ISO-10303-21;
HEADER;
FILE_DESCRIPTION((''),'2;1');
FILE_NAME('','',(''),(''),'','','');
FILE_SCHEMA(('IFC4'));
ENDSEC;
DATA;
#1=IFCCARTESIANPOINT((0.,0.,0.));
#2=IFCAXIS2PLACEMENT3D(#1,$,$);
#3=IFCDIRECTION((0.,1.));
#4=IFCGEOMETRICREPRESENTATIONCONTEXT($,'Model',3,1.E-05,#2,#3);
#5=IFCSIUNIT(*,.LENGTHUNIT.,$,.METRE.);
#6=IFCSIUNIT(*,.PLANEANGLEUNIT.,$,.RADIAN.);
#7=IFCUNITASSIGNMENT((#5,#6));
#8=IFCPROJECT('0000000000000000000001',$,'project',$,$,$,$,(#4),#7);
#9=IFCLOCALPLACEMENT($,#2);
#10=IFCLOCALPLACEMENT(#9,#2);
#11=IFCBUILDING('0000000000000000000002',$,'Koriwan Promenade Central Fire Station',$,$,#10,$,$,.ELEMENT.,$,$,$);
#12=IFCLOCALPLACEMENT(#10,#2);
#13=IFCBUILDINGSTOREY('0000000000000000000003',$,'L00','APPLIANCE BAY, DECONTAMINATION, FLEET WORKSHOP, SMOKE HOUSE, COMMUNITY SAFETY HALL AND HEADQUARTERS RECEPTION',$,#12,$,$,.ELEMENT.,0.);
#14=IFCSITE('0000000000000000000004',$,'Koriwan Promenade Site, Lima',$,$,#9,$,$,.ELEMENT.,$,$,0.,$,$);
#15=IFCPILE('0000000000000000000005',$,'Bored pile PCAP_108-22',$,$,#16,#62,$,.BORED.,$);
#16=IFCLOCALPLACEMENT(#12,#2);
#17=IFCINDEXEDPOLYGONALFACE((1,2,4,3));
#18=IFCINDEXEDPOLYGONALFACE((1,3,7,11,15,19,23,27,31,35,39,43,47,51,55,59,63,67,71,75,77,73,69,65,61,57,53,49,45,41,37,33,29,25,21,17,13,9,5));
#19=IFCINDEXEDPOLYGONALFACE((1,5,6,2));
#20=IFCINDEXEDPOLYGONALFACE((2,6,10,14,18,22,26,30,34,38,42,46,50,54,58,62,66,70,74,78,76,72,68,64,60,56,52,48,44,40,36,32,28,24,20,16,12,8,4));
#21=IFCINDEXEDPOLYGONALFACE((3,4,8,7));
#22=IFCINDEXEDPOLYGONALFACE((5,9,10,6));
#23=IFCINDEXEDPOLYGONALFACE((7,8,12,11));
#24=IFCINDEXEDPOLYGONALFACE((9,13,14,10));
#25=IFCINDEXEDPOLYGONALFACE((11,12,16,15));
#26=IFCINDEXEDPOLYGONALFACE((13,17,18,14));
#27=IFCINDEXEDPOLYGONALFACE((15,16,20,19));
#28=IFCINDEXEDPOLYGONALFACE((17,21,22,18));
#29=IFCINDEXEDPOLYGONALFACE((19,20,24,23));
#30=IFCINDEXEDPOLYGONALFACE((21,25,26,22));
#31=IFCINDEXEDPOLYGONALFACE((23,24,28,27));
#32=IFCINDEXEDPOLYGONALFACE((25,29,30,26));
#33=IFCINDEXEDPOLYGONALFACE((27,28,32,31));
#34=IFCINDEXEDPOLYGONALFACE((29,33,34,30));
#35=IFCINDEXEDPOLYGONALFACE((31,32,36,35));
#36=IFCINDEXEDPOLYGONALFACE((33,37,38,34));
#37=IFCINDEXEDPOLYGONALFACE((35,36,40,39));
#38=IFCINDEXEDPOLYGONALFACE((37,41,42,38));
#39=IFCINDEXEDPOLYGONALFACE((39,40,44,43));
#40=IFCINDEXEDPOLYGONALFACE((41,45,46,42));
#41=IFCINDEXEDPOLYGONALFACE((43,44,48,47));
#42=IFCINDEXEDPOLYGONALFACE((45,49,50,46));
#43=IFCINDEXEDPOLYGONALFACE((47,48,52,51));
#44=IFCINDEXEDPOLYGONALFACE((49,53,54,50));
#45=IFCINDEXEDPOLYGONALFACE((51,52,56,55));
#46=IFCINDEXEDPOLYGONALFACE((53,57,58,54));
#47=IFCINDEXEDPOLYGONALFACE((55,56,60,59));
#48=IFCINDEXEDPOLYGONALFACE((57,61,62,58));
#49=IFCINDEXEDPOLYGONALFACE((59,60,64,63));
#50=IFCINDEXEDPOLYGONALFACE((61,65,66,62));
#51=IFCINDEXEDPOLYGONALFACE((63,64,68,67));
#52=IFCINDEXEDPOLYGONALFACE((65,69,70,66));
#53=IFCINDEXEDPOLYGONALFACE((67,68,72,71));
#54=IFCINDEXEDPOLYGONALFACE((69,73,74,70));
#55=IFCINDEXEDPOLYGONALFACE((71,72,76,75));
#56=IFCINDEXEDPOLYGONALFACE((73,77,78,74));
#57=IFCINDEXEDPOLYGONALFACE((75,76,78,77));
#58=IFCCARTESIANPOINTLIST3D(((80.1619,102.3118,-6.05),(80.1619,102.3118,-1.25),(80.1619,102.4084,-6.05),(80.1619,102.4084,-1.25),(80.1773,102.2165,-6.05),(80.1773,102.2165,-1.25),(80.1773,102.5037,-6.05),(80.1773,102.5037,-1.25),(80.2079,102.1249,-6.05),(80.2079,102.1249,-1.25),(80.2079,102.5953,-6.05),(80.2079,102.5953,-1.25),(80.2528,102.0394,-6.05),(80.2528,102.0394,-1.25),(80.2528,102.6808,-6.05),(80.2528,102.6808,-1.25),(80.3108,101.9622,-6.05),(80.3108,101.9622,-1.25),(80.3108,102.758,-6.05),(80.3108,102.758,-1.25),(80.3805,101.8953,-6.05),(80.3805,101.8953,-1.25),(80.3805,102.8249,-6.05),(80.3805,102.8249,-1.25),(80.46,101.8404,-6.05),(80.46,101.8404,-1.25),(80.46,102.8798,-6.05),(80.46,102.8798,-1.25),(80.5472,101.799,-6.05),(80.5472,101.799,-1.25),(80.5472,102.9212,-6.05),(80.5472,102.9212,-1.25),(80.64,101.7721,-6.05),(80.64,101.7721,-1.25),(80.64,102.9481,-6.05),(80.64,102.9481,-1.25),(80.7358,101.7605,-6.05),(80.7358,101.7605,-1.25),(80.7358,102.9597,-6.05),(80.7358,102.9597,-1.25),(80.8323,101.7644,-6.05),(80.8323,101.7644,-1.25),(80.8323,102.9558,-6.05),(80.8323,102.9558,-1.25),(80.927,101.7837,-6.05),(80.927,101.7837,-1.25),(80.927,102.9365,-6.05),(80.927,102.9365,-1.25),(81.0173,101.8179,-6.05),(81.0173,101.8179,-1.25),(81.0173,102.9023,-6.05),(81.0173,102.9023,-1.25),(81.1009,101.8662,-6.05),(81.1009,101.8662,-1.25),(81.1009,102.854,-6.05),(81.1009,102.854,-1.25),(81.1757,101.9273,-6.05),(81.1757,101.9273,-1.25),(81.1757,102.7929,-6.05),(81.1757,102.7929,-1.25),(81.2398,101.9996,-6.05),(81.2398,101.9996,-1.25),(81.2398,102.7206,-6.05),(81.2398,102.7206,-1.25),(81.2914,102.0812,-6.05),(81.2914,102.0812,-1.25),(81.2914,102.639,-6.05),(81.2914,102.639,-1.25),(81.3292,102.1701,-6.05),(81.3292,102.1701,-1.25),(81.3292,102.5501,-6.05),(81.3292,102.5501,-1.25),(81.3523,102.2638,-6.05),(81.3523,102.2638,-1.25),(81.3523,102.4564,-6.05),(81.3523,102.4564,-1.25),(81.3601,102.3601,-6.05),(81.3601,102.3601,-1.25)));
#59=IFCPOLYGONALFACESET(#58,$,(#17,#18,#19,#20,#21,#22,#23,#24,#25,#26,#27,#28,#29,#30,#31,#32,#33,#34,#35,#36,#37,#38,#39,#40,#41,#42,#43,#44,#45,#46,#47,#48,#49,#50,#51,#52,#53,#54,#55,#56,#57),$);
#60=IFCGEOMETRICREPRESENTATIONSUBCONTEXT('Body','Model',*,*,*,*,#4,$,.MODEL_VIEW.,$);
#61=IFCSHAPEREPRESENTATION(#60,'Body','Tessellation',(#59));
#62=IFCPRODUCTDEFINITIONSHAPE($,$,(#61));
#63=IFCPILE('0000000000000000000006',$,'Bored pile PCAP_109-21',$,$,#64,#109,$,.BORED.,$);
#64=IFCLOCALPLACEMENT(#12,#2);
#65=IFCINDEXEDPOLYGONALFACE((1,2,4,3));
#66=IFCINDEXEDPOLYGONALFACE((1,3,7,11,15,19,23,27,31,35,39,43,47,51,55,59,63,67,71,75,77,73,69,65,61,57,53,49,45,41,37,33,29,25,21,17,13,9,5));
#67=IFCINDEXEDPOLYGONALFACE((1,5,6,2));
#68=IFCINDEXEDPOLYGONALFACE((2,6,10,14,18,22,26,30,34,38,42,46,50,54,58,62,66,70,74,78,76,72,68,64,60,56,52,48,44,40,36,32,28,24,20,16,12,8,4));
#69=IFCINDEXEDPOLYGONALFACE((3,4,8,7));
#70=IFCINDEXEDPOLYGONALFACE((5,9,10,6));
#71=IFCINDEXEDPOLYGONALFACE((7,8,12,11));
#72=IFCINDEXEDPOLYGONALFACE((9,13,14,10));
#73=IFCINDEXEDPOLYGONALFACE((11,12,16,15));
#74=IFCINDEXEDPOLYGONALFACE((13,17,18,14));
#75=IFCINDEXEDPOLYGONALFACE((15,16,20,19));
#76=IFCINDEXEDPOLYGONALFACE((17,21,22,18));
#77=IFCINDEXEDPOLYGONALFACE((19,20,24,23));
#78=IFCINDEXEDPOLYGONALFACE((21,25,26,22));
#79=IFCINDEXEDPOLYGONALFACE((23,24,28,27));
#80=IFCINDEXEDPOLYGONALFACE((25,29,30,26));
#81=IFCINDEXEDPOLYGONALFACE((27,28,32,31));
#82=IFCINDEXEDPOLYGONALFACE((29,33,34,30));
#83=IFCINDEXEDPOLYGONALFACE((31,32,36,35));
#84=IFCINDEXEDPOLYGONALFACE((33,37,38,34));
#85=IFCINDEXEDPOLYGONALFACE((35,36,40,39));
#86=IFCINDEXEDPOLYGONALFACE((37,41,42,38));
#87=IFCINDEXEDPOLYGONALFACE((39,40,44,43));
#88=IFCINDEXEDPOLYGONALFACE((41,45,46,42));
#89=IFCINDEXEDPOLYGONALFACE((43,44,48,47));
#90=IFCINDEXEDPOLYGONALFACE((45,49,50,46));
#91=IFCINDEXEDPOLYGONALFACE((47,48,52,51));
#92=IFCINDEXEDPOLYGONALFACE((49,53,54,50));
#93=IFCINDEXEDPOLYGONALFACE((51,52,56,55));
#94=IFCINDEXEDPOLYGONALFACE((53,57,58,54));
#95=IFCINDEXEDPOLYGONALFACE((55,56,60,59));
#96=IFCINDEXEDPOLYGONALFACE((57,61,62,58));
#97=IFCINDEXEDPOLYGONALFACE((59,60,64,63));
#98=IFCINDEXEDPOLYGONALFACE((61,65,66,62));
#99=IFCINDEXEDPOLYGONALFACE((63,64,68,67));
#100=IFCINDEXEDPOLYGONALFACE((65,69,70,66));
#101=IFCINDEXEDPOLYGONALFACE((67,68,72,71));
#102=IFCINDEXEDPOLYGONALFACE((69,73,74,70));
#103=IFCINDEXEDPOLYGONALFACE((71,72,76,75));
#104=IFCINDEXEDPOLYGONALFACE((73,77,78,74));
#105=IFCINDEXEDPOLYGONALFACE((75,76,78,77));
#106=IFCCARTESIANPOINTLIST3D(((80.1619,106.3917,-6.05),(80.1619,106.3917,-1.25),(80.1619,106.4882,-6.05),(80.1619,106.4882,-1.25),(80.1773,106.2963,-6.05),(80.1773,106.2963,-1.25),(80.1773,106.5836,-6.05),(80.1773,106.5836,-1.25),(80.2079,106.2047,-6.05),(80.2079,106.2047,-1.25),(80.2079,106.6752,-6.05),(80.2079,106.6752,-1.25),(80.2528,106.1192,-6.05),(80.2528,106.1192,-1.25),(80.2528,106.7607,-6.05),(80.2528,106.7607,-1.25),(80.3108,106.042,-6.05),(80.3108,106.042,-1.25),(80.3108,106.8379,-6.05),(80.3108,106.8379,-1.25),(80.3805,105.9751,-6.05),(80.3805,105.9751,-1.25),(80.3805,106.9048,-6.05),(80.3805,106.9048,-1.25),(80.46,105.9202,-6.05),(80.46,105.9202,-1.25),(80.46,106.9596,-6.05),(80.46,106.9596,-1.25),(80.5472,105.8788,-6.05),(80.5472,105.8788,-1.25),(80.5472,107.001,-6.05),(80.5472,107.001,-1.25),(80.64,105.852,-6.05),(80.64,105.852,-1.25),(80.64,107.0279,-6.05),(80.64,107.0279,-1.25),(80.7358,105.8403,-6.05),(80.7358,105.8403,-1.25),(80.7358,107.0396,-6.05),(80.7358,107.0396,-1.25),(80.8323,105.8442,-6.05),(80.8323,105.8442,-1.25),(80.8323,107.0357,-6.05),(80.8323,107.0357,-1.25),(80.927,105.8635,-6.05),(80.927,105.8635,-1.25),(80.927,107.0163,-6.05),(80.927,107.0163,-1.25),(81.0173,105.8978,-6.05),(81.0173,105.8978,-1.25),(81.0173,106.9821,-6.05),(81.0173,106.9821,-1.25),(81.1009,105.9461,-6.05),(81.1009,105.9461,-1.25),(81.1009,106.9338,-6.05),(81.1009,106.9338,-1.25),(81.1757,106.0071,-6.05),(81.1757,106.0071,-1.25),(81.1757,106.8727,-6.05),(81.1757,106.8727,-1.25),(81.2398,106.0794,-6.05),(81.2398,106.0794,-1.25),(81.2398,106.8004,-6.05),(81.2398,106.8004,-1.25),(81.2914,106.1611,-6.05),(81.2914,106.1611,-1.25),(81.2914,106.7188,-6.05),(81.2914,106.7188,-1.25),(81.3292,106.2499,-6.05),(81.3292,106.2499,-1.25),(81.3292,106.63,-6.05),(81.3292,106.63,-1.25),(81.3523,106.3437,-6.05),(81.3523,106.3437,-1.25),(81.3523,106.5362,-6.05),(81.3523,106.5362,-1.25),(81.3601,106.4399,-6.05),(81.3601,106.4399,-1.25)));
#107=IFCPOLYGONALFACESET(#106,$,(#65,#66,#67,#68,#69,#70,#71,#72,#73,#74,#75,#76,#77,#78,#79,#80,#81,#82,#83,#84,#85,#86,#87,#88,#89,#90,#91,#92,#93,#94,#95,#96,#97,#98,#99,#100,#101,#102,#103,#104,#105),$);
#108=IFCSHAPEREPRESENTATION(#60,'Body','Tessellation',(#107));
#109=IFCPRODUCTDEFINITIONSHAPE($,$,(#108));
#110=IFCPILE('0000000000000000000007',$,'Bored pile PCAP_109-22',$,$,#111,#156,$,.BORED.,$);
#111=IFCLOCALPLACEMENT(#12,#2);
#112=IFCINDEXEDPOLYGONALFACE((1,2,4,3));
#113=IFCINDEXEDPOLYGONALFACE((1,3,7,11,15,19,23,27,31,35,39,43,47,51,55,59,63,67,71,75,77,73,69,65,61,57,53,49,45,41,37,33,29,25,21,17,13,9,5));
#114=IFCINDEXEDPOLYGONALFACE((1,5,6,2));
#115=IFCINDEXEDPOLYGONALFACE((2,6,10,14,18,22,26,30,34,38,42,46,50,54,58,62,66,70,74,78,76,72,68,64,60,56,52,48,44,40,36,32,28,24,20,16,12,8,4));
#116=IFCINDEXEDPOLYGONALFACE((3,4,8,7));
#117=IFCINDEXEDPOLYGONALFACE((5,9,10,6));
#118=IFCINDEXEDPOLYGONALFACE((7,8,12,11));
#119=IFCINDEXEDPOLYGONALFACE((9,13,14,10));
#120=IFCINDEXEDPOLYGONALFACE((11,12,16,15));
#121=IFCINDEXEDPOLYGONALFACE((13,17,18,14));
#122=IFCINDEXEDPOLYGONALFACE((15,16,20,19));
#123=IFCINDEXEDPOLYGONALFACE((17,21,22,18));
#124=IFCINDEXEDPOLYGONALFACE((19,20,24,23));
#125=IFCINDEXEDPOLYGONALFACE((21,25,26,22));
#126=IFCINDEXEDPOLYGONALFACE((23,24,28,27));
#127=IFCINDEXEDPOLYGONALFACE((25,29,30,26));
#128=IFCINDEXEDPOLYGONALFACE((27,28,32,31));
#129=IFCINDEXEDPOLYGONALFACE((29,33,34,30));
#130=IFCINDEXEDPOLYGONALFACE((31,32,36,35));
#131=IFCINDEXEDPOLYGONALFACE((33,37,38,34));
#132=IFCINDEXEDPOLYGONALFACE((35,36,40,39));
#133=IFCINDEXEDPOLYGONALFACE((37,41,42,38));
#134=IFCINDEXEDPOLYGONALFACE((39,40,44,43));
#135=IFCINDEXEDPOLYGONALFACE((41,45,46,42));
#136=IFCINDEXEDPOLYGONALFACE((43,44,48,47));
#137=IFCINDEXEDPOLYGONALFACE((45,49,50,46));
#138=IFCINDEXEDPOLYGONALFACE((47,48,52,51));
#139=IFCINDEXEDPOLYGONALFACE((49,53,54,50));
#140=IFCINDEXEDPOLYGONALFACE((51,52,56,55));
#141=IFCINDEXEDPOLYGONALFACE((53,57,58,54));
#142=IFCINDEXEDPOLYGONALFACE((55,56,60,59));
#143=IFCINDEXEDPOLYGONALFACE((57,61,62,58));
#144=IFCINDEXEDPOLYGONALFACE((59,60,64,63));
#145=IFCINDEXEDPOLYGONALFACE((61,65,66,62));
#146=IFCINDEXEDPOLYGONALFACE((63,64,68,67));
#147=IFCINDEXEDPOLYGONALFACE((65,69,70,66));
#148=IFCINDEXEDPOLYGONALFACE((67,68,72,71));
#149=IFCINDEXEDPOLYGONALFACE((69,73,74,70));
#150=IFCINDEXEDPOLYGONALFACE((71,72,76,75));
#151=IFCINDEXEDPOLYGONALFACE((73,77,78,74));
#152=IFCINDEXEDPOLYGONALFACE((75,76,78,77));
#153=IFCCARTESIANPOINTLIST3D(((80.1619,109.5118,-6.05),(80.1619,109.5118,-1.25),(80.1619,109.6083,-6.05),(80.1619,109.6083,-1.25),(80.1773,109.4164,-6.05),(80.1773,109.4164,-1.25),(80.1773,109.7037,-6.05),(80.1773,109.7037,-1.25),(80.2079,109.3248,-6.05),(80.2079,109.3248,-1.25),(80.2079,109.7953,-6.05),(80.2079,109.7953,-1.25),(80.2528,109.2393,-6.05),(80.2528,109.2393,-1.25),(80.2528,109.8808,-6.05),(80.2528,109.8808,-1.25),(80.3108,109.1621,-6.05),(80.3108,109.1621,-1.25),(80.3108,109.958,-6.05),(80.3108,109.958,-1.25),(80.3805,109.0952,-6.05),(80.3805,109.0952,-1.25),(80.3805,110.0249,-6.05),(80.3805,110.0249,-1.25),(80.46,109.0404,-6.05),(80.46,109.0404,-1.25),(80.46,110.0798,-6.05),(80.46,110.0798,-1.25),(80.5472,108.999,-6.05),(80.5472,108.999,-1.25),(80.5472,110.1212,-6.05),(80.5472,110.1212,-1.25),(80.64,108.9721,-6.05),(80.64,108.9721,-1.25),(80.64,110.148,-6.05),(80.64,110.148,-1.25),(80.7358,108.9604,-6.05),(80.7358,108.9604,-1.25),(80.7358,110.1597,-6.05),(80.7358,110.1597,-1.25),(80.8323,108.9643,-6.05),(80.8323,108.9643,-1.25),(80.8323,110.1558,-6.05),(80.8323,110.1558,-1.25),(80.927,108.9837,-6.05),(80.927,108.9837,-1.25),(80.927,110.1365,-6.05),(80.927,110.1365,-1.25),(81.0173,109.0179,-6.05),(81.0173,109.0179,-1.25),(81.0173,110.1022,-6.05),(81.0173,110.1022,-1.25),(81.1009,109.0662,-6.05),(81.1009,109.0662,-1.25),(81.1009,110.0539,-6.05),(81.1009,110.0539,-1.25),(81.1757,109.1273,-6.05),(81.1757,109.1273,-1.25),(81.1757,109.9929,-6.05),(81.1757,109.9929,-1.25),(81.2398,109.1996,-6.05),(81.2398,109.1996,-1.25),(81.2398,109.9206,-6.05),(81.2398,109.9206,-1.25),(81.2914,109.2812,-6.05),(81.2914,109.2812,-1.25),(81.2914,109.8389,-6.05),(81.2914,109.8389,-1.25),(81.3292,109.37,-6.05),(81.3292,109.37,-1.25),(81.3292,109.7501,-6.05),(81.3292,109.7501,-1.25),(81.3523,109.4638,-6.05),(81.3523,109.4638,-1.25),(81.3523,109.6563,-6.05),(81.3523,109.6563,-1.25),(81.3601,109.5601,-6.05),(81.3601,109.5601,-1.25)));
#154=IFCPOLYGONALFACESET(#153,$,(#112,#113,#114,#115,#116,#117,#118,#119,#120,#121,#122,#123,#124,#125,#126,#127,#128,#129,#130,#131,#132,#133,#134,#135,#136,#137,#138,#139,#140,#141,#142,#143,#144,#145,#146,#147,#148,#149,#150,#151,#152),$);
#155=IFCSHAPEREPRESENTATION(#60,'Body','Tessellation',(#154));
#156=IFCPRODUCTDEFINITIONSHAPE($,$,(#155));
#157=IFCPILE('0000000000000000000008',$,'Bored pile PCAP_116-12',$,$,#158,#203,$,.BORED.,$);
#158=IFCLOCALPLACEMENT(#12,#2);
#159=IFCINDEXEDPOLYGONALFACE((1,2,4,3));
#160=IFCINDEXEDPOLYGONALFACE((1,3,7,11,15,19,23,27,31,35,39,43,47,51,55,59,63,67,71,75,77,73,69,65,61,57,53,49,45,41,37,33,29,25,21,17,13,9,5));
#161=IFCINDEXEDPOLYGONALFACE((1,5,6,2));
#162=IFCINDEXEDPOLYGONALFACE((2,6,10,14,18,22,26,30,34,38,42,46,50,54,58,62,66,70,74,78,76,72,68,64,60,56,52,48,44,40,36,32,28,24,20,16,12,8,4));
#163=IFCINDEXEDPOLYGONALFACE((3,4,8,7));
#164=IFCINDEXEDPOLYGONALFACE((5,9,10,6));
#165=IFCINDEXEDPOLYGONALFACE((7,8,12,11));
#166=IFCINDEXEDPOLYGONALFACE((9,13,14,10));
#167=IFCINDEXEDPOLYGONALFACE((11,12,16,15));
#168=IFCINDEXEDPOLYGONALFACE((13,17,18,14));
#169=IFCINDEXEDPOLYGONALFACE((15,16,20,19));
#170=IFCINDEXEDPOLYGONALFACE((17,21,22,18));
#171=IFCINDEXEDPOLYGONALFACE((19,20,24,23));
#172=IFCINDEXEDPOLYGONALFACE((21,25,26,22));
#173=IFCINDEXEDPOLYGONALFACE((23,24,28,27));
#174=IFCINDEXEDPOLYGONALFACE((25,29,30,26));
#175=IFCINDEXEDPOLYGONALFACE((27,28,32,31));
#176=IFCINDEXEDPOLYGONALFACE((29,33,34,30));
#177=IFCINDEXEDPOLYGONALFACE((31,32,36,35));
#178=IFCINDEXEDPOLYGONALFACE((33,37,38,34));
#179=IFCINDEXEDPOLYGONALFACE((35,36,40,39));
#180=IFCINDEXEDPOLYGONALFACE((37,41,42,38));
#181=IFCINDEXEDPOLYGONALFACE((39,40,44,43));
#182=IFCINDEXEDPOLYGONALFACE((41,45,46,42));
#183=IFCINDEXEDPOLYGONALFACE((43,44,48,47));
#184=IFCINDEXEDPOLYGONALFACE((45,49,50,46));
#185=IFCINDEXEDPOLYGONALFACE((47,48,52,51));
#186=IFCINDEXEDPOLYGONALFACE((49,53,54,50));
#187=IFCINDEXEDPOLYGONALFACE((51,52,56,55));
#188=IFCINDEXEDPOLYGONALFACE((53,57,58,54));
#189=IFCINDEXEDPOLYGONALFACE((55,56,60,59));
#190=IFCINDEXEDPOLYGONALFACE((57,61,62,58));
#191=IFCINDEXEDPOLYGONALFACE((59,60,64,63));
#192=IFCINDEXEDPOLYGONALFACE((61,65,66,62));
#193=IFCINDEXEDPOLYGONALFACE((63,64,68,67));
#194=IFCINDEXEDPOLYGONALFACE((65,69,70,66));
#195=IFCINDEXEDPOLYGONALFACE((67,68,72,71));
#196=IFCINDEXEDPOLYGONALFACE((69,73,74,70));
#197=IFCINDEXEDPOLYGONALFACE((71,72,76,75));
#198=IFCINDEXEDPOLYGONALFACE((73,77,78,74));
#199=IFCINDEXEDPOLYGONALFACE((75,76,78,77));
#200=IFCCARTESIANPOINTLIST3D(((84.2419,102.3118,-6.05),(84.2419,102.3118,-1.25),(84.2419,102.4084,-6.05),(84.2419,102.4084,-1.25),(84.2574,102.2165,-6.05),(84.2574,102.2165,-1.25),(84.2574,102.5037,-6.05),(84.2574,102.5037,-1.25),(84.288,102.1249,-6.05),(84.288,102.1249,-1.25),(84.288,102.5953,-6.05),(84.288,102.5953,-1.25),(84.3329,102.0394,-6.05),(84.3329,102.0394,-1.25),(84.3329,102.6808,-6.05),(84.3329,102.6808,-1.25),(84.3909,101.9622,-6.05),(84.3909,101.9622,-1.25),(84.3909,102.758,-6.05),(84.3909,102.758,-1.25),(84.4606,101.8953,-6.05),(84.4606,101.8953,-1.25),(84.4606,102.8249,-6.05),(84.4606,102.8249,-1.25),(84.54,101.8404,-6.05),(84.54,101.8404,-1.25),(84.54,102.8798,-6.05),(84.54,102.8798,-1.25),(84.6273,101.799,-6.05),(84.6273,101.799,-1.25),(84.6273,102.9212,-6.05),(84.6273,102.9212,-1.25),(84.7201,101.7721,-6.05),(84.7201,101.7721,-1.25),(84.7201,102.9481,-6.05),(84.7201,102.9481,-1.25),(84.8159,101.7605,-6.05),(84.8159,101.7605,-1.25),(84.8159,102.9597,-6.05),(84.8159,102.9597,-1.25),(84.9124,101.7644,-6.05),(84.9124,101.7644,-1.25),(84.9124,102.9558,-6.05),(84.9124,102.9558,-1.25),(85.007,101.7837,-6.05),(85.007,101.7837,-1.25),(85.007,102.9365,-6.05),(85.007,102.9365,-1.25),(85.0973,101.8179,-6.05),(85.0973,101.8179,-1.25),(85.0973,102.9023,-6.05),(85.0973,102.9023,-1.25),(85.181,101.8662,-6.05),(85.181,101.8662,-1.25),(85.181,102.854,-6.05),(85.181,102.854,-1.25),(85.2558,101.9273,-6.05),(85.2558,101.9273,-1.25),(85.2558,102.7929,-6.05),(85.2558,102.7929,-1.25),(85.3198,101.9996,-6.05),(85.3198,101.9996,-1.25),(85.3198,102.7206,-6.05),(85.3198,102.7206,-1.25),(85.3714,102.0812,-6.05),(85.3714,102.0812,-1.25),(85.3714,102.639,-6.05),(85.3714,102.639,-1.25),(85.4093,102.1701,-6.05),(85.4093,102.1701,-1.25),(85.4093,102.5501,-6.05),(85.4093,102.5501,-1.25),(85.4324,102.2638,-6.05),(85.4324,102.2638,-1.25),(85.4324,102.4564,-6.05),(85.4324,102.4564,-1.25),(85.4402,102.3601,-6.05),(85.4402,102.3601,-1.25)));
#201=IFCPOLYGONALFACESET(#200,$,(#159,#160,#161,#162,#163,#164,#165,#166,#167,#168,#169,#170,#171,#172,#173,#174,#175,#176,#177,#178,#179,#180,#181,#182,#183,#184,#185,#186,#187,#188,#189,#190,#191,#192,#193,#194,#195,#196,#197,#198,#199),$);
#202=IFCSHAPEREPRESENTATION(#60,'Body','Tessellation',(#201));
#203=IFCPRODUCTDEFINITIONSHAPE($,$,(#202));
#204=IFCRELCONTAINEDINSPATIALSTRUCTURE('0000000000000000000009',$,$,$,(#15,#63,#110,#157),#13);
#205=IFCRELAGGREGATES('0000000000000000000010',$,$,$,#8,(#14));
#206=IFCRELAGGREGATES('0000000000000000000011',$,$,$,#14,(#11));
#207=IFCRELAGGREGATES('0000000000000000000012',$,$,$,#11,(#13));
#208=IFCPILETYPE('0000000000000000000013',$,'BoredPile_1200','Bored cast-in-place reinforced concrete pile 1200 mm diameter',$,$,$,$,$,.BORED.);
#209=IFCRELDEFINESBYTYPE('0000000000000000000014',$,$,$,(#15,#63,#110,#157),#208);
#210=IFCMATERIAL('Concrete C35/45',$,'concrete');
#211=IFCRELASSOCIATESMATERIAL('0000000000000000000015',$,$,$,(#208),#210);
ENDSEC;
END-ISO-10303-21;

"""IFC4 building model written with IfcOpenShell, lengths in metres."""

from ifc_helpers import new_model, si_unit, direction, frame, origin, origin_2d, place, context, subcontext, project, spatial, circle, extrude, material, material_profile, profile_set, type_object, element, save


model = new_model("IFC4")

# Units and contexts
model_context = context("Model", 3, precision=1e-05, world=origin(), true_north=direction((0.0, 1.0)))
body_context = subcontext(model_context, "Body", "Model", "MODEL_VIEW")
ifc_project = project(units=[si_unit("LENGTHUNIT", "METRE"), si_unit("PLANEANGLEUNIT", "RADIAN")], contexts=[model_context])

# Site, building, storey
site_placement = place(None, origin())
site = spatial("IfcSite", under=ifc_project, at=site_placement, Name="Koriwan Promenade Site, Lima", CompositionType="ELEMENT", RefElevation=0.0)
building_placement = place(site_placement, origin())
building = spatial("IfcBuilding", under=site, at=building_placement, Name="Koriwan Promenade Central Fire Station", CompositionType="ELEMENT")
storey_placement = place(building_placement, origin())
storey = spatial("IfcBuildingStorey", under=building, at=storey_placement, Name="L00", Description="APPLIANCE BAY, DECONTAMINATION, FLEET WORKSHOP, SMOKE HOUSE, COMMUNITY SAFETY HALL AND HEADQUARTERS RECEPTION", CompositionType="ELEMENT", Elevation=0.0)

# Piles
ifc_material_1 = material(Name="Concrete C35/45", Category="concrete")
ifc_material_profile_1 = material_profile(ifc_material_1, circle(Radius=0.6001, at=origin_2d()), Name="PILE-D1200")
ifc_profile_set_1 = profile_set([ifc_material_profile_1], Name="Concrete C35/45")
pile_type = type_object("IfcPileType", Name="BoredPile_1200", Description="Bored cast-in-place reinforced concrete pile 1200 mm diameter", PredefinedType="BORED", material=ifc_profile_set_1)
for number, where, z_axis, x_axis, name in (
    (1, (80.76, 102.3601, -1.25), (0.0, 0.0, -1.0), (1.0, 0.0, 0.0), "Bored pile PCAP_108-22"),
    (2, (80.76, 106.4399, -1.25), (0.0, 0.0, -1.0), (1.0, 0.0, 0.0), "Bored pile PCAP_109-21"),
    (3, (80.76, 109.5601, -1.25), (0.0, 0.0, -1.0), (1.0, 0.0, 0.0), "Bored pile PCAP_109-22"),
    (4, (84.8401, 102.3601, -1.25), (0.0, 0.0, -1.0), (1.0, 0.0, 0.0), "Bored pile PCAP_116-12"),
):
    element("IfcPile", number, at=place(storey_placement, frame(where, z_axis=z_axis, x_axis=x_axis)), inside=storey, type_object=pile_type, Name=name, PredefinedType="BORED", context=body_context, shape_type="SweptSolid", body=[
        extrude(circle(Radius=0.6001, at=origin_2d()), origin(), (0.0, 0.0, 1.0), 4.8),
    ])

save(model, "model.ifc")
